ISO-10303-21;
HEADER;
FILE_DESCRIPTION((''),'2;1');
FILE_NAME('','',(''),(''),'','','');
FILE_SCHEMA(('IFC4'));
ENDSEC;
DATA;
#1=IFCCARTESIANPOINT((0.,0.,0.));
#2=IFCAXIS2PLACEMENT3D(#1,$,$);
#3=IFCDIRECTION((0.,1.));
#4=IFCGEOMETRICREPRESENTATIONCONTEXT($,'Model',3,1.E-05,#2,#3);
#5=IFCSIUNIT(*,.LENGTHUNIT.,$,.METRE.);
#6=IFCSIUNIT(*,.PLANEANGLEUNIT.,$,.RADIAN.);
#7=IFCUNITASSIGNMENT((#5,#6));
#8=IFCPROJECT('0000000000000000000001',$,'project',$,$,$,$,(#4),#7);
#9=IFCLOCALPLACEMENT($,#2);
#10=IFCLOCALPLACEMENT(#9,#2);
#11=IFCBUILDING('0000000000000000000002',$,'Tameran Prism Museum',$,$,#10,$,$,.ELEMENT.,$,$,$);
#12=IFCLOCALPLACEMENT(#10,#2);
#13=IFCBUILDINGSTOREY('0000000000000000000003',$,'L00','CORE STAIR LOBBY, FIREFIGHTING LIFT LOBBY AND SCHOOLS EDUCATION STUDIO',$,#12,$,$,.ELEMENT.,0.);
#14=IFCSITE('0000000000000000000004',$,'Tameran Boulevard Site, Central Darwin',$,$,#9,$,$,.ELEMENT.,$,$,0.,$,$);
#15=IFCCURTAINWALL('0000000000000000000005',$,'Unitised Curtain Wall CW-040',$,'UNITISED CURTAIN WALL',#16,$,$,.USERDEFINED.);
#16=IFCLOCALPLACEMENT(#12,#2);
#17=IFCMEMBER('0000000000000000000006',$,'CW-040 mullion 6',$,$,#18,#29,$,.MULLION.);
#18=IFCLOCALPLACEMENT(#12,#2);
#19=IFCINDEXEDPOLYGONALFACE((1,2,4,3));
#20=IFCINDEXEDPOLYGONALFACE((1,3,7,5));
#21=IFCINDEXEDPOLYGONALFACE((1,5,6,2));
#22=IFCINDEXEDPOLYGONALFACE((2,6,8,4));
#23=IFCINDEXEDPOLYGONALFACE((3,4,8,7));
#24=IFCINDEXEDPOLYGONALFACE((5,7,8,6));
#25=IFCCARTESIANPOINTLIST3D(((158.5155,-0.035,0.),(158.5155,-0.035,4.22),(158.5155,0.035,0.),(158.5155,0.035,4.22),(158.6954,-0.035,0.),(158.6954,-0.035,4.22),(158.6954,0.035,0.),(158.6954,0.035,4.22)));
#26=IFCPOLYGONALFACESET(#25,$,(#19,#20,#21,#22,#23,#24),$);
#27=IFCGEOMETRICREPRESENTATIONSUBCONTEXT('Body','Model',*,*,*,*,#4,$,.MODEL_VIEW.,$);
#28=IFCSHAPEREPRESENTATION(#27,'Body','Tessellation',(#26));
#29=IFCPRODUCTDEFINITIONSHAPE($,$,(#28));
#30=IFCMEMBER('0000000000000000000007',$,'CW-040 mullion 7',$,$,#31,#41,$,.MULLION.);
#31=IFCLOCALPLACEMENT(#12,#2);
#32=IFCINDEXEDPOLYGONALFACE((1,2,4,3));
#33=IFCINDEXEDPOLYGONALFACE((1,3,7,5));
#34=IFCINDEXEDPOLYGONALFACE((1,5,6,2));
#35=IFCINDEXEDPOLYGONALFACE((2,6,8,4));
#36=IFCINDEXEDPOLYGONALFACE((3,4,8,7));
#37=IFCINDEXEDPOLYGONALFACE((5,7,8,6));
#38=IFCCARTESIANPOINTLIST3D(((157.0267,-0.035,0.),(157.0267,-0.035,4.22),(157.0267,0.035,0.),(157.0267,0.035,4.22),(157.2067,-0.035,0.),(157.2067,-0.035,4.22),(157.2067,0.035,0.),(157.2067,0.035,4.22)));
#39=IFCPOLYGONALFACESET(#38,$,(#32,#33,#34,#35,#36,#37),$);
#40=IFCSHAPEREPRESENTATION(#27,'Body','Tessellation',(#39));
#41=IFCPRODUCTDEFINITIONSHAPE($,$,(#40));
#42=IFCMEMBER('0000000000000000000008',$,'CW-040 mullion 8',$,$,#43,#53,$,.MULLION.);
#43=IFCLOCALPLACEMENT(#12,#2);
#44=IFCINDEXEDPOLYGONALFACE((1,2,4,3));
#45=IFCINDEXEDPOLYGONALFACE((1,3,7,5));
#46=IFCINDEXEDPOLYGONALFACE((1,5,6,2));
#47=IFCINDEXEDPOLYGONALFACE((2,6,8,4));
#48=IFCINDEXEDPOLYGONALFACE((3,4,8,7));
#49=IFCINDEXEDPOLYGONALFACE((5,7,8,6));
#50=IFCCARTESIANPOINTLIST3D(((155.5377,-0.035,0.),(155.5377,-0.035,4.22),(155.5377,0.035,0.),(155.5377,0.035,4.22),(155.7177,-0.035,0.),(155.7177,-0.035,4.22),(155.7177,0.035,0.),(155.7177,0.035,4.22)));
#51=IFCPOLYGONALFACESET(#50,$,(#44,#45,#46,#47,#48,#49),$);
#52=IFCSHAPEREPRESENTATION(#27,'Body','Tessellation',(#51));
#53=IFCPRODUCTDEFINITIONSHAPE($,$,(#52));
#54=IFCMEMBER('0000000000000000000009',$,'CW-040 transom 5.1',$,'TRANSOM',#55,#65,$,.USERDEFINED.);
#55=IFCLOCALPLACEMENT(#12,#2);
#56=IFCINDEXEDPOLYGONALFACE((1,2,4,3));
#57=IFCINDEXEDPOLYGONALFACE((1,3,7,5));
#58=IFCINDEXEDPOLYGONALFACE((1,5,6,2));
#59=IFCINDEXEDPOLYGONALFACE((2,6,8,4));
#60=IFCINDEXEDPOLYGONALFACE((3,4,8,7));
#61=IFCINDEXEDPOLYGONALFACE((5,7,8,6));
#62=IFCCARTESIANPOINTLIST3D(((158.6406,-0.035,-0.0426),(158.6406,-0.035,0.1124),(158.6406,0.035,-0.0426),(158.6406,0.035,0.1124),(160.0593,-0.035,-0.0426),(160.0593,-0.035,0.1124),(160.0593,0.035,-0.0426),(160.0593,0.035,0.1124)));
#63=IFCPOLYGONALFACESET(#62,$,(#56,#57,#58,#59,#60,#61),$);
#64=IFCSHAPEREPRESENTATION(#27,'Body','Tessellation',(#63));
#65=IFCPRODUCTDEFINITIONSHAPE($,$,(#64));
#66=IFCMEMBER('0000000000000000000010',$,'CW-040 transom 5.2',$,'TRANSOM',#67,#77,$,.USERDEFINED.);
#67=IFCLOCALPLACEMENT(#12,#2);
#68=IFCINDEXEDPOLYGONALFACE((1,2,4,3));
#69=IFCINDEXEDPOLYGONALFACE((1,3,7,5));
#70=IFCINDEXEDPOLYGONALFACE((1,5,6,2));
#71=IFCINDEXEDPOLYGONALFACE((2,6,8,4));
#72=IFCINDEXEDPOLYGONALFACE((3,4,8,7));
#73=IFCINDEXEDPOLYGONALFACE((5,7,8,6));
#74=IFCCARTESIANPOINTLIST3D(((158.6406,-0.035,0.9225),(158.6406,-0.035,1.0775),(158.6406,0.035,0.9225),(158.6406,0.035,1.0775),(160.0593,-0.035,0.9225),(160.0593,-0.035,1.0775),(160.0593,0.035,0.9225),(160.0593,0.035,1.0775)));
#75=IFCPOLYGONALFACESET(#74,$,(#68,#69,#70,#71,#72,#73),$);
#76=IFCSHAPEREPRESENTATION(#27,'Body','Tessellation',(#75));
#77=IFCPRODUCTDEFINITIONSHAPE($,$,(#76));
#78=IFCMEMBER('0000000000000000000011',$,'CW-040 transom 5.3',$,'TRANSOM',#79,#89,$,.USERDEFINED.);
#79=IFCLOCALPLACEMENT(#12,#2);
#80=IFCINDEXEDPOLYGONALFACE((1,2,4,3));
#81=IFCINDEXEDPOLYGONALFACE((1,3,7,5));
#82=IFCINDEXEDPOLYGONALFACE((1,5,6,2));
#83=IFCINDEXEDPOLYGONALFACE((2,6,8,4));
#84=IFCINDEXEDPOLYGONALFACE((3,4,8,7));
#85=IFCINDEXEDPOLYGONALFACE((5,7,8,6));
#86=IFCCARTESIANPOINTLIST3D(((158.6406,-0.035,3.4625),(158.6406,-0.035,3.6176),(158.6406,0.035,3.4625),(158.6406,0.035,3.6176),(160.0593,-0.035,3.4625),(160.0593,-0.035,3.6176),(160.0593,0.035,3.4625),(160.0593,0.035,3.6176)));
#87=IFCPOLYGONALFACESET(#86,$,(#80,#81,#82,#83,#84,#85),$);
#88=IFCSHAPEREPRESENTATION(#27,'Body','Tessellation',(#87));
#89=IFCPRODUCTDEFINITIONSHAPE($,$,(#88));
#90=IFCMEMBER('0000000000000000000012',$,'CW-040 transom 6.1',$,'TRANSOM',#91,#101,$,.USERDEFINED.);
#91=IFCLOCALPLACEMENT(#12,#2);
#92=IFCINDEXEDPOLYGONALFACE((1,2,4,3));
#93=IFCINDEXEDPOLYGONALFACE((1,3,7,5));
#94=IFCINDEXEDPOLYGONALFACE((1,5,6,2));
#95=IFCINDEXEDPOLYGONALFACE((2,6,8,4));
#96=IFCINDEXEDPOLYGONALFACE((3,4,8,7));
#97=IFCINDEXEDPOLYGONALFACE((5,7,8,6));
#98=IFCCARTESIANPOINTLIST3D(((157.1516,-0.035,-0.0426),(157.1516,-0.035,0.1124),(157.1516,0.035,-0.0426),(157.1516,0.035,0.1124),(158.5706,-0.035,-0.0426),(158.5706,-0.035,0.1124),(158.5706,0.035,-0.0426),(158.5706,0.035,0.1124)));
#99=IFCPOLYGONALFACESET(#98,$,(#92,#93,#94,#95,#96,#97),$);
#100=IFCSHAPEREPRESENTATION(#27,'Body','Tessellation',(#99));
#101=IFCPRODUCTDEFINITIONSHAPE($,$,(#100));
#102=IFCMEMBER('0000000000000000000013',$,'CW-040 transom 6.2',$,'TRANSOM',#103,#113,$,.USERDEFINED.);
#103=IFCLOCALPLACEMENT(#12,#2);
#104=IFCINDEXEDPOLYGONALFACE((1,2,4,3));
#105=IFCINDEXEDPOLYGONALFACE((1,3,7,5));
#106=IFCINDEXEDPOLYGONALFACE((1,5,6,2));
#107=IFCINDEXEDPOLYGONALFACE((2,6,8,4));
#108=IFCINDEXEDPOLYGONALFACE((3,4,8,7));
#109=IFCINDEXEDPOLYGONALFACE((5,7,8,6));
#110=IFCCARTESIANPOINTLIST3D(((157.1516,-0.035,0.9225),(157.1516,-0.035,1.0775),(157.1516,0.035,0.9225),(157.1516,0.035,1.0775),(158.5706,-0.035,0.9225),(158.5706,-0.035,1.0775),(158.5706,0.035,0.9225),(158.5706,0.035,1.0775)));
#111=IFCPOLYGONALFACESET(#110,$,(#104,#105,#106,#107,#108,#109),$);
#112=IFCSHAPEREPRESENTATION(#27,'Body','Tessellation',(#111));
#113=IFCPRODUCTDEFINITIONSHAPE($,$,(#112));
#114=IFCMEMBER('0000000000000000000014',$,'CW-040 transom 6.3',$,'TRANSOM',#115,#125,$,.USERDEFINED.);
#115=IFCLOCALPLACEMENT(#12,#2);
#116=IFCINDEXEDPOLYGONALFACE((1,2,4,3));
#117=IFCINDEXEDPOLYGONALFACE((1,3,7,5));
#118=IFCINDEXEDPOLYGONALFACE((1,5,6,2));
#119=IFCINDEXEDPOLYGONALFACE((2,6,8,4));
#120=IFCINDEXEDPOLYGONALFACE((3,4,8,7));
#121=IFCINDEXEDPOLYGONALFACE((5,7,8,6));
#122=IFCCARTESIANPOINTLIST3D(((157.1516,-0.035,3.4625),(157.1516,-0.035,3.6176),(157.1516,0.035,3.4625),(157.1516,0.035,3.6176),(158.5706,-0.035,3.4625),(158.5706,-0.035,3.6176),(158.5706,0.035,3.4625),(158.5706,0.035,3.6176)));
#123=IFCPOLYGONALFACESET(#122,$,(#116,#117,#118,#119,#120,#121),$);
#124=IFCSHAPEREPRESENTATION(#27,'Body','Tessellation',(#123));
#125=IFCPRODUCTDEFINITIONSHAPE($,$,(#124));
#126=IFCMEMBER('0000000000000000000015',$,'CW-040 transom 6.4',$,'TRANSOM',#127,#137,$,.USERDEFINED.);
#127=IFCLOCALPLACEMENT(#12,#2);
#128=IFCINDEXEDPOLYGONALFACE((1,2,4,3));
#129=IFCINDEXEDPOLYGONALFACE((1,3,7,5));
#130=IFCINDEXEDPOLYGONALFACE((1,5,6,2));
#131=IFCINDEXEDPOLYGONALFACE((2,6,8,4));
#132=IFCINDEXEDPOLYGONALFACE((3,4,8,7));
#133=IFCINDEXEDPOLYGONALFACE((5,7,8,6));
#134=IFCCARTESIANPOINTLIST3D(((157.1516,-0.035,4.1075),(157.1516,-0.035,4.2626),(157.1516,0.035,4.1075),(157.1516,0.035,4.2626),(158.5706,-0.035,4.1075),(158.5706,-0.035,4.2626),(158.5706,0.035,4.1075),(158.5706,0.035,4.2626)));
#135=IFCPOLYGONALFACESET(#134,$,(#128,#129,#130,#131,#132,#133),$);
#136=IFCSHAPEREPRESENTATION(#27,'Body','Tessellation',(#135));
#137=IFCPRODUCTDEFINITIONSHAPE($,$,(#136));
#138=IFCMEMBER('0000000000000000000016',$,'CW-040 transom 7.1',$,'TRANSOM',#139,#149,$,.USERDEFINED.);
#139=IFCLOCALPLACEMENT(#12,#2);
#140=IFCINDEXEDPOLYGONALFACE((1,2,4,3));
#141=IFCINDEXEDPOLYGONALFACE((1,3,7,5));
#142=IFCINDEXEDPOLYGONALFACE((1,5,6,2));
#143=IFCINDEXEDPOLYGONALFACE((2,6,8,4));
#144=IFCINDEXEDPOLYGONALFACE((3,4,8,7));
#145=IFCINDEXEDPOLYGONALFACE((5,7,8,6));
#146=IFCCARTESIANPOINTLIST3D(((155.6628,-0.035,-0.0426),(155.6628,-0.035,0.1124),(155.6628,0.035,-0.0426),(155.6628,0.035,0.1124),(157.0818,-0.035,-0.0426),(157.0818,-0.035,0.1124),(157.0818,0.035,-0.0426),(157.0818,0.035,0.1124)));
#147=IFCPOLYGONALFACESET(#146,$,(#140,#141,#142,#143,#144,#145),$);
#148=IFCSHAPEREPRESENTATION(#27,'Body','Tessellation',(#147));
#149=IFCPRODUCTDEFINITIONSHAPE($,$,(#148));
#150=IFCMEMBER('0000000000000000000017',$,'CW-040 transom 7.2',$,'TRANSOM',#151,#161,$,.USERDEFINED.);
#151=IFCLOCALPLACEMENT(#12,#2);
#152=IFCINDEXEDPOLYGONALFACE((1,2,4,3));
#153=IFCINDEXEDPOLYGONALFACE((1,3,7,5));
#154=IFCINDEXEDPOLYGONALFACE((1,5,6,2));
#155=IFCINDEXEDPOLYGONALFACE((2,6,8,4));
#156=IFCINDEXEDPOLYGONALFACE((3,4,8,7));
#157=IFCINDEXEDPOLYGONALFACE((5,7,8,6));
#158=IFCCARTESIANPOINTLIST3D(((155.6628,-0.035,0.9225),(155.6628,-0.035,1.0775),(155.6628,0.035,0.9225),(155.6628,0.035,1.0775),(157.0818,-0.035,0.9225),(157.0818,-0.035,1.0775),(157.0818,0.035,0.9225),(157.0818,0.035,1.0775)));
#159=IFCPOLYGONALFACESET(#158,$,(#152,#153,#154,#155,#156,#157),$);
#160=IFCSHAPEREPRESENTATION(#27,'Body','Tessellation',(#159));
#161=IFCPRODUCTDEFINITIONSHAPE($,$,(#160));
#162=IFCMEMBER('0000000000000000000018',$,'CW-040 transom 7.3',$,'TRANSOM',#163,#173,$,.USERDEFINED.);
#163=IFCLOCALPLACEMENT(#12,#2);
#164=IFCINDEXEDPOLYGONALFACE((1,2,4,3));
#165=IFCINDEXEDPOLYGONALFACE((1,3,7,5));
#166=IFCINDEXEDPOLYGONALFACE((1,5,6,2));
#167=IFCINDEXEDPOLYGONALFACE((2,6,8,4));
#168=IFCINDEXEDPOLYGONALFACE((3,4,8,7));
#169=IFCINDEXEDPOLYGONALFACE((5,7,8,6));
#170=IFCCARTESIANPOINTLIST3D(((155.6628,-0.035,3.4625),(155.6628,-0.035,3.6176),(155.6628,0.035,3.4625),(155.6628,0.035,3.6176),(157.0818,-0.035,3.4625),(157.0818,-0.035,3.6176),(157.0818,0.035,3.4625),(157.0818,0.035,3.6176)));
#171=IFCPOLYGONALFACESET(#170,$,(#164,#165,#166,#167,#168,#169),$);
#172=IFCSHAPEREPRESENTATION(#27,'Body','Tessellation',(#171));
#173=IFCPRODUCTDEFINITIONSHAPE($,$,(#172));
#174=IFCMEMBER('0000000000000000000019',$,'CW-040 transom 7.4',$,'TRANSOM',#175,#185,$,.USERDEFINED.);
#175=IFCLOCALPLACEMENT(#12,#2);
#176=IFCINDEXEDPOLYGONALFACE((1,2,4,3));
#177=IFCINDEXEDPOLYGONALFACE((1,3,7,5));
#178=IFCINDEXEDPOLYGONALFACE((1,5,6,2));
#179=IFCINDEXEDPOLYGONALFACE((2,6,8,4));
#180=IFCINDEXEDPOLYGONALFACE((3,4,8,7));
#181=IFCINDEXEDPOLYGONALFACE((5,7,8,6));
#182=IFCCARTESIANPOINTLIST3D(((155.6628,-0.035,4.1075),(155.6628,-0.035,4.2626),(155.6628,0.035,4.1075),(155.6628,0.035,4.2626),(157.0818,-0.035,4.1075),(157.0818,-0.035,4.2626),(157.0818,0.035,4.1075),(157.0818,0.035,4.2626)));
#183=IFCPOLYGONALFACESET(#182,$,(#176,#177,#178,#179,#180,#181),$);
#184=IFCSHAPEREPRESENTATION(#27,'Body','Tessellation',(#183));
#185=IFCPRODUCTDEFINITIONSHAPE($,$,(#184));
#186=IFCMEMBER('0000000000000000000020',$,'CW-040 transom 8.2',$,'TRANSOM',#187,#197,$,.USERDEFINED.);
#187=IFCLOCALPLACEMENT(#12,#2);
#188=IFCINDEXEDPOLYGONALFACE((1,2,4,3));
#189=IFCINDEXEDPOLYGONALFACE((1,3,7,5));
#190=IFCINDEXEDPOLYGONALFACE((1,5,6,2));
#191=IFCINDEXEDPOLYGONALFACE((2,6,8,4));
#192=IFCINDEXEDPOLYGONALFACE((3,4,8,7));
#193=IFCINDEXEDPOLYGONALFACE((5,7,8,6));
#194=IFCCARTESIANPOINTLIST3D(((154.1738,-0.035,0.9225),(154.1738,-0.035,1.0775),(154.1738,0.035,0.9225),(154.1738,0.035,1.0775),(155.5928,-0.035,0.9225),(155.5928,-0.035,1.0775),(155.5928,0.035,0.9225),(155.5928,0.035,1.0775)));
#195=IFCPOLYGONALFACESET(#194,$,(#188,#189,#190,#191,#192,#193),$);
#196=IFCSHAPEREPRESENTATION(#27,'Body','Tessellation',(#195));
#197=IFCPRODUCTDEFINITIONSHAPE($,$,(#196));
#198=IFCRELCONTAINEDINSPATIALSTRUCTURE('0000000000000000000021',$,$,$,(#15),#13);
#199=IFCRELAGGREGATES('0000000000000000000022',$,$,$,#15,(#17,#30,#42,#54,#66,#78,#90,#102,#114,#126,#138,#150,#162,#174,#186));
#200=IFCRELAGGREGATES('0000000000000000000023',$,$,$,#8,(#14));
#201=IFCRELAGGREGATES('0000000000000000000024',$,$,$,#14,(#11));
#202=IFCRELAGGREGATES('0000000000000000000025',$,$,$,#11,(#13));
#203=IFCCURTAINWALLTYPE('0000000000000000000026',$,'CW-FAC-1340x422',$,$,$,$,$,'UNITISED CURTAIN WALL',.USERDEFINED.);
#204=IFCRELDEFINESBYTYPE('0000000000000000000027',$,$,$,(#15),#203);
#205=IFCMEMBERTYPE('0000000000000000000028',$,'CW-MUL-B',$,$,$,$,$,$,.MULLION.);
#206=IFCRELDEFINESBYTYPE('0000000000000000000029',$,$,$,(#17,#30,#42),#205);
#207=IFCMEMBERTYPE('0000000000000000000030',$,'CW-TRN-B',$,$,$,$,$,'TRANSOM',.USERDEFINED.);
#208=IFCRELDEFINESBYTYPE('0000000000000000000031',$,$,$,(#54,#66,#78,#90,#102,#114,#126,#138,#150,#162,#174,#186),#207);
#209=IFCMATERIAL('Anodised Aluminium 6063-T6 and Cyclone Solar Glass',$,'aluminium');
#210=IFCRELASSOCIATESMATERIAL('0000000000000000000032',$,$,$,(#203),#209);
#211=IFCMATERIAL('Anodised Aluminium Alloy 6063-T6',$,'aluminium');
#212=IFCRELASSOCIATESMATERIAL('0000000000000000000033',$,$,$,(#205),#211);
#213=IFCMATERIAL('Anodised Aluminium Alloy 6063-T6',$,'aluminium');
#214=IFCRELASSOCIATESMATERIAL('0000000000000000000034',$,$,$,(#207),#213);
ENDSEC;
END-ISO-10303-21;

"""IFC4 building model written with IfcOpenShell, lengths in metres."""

from ifc_helpers import new_model, si_unit, direction, frame, origin, origin_2d, place, context, subcontext, project, spatial, rectangle, extrude, material, material_profile, profile_set, type_object, element, aggregate, save


model = new_model("IFC4")

# Units and contexts
model_context = context("Model", 3, precision=1e-05, world=origin(), true_north=direction((0.0, 1.0)))
body_context = subcontext(model_context, "Body", "Model", "MODEL_VIEW")
ifc_project = project(units=[si_unit("LENGTHUNIT", "METRE"), si_unit("PLANEANGLEUNIT", "RADIAN")], contexts=[model_context])

# Site, building, storey
site_placement = place(None, origin())
site = spatial("IfcSite", under=ifc_project, at=site_placement, Name="Tameran Boulevard Site, Central Darwin", CompositionType="ELEMENT", RefElevation=0.0)
building_placement = place(site_placement, origin())
building = spatial("IfcBuilding", under=site, at=building_placement, Name="Tameran Prism Museum", CompositionType="ELEMENT")
storey_placement = place(building_placement, origin())
storey = spatial("IfcBuildingStorey", under=building, at=storey_placement, Name="L00", Description="CORE STAIR LOBBY, FIREFIGHTING LIFT LOBBY AND SCHOOLS EDUCATION STUDIO", CompositionType="ELEMENT", Elevation=0.0)

# Curtain wall, members
ifc_material_1 = material(Name="Anodised Aluminium 6063-T6 and Cyclone Solar Glass", Category="aluminium")
curtain_wall_type = type_object("IfcCurtainWallType", Name="CW-FAC-1340x422", ElementType="UNITISED CURTAIN WALL", PredefinedType="USERDEFINED", material=ifc_material_1)
curtain_wall_placement = place(storey_placement, origin())
curtain_wall = element("IfcCurtainWall", 1, at=curtain_wall_placement, inside=storey, type_object=curtain_wall_type, Name="Unitised Curtain Wall CW-040", ObjectType="UNITISED CURTAIN WALL", PredefinedType="USERDEFINED")
ifc_material_2 = material(Name="Anodised Aluminium Alloy 6063-T6", Category="aluminium")
ifc_material_profile_1 = material_profile(ifc_material_2, rectangle(XDim=0.0701, YDim=0.1799, at=origin_2d()))
ifc_profile_set_1 = profile_set([ifc_material_profile_1])
member_type_1 = type_object("IfcMemberType", Name="CW-MUL-B", PredefinedType="MULLION", material=ifc_profile_set_1)
member_1_placement = place(storey_placement, frame((158.6055, 0.0, 0.0), z_axis=(0.0, 0.0, 1.0), x_axis=(0.0, -1.0, 0.0)))
member_1 = element("IfcMember", 2, at=member_1_placement, type_object=member_type_1, Name="CW-040 mullion 6", PredefinedType="MULLION", context=body_context, shape_type="SweptSolid", body=[
    extrude(rectangle(XDim=0.0701, YDim=0.1799, at=origin_2d()), origin(), (0.0, 0.0, 1.0), 4.22),
])
member_2_placement = place(storey_placement, frame((157.1167, 0.0, 0.0), z_axis=(0.0, 0.0, 1.0), x_axis=(0.0, -1.0, 0.0)))
member_2 = element("IfcMember", 3, at=member_2_placement, type_object=member_type_1, Name="CW-040 mullion 7", PredefinedType="MULLION", context=body_context, shape_type="SweptSolid", body=[
    extrude(rectangle(XDim=0.0701, YDim=0.1799, at=origin_2d()), origin(), (0.0, 0.0, 1.0), 4.22),
])
member_3_placement = place(storey_placement, frame((155.6277, 0.0, 0.0), z_axis=(0.0, 0.0, 1.0), x_axis=(0.0, -1.0, 0.0)))
member_3 = element("IfcMember", 4, at=member_3_placement, type_object=member_type_1, Name="CW-040 mullion 8", PredefinedType="MULLION", context=body_context, shape_type="SweptSolid", body=[
    extrude(rectangle(XDim=0.0701, YDim=0.1799, at=origin_2d()), origin(), (0.0, 0.0, 1.0), 4.22),
])
ifc_material_3 = material(Name="Anodised Aluminium Alloy 6063-T6", Category="aluminium")
ifc_material_profile_2 = material_profile(ifc_material_3, rectangle(XDim=0.0701, YDim=0.155, at=origin_2d()))
ifc_profile_set_2 = profile_set([ifc_material_profile_2])
member_type_2 = type_object("IfcMemberType", Name="CW-TRN-B", ElementType="TRANSOM", PredefinedType="USERDEFINED", material=ifc_profile_set_2)
member_4_placement = place(storey_placement, frame((160.0593, 0.0, 0.0349), z_axis=(-1.0, 0.0, 0.0), x_axis=(0.0, -1.0, 0.0)))
member_4 = element("IfcMember", 5, at=member_4_placement, type_object=member_type_2, Name="CW-040 transom 5.1", ObjectType="TRANSOM", PredefinedType="USERDEFINED", context=body_context, shape_type="SweptSolid", body=[
    extrude(rectangle(XDim=0.0701, YDim=0.155, at=origin_2d()), origin(), (0.0, 0.0, 1.0), 1.4187),
])
member_5_placement = place(storey_placement, frame((160.0593, 0.0, 1.0), z_axis=(-1.0, 0.0, 0.0), x_axis=(0.0, -1.0, 0.0)))
member_5 = element("IfcMember", 6, at=member_5_placement, type_object=member_type_2, Name="CW-040 transom 5.2", ObjectType="TRANSOM", PredefinedType="USERDEFINED", context=body_context, shape_type="SweptSolid", body=[
    extrude(rectangle(XDim=0.0701, YDim=0.155, at=origin_2d()), origin(), (0.0, 0.0, 1.0), 1.4187),
])
member_6_placement = place(storey_placement, frame((160.0593, 0.0, 3.54), z_axis=(-1.0, 0.0, 0.0), x_axis=(0.0, -1.0, 0.0)))
member_6 = element("IfcMember", 7, at=member_6_placement, type_object=member_type_2, Name="CW-040 transom 5.3", ObjectType="TRANSOM", PredefinedType="USERDEFINED", context=body_context, shape_type="SweptSolid", body=[
    extrude(rectangle(XDim=0.0701, YDim=0.155, at=origin_2d()), origin(), (0.0, 0.0, 1.0), 1.4187),
])
member_7_placement = place(storey_placement, frame((158.5706, 0.0, 0.0349), z_axis=(-1.0, 0.0, 0.0), x_axis=(0.0, -1.0, 0.0)))
member_7 = element("IfcMember", 8, at=member_7_placement, type_object=member_type_2, Name="CW-040 transom 6.1", ObjectType="TRANSOM", PredefinedType="USERDEFINED", context=body_context, shape_type="SweptSolid", body=[
    extrude(rectangle(XDim=0.0701, YDim=0.155, at=origin_2d()), origin(), (0.0, 0.0, 1.0), 1.4189),
])
member_8_placement = place(storey_placement, frame((158.5706, 0.0, 1.0), z_axis=(-1.0, 0.0, 0.0), x_axis=(0.0, -1.0, 0.0)))
member_8 = element("IfcMember", 9, at=member_8_placement, type_object=member_type_2, Name="CW-040 transom 6.2", ObjectType="TRANSOM", PredefinedType="USERDEFINED", context=body_context, shape_type="SweptSolid", body=[
    extrude(rectangle(XDim=0.0701, YDim=0.155, at=origin_2d()), origin(), (0.0, 0.0, 1.0), 1.4189),
])
member_9_placement = place(storey_placement, frame((158.5706, 0.0, 3.54), z_axis=(-1.0, 0.0, 0.0), x_axis=(0.0, -1.0, 0.0)))
member_9 = element("IfcMember", 10, at=member_9_placement, type_object=member_type_2, Name="CW-040 transom 6.3", ObjectType="TRANSOM", PredefinedType="USERDEFINED", context=body_context, shape_type="SweptSolid", body=[
    extrude(rectangle(XDim=0.0701, YDim=0.155, at=origin_2d()), origin(), (0.0, 0.0, 1.0), 1.4189),
])
member_10_placement = place(storey_placement, frame((158.5706, 0.0, 4.1851), z_axis=(-1.0, 0.0, 0.0), x_axis=(0.0, -1.0, 0.0)))
member_10 = element("IfcMember", 11, at=member_10_placement, type_object=member_type_2, Name="CW-040 transom 6.4", ObjectType="TRANSOM", PredefinedType="USERDEFINED", context=body_context, shape_type="SweptSolid", body=[
    extrude(rectangle(XDim=0.0701, YDim=0.155, at=origin_2d()), origin(), (0.0, 0.0, 1.0), 1.4189),
])
member_11_placement = place(storey_placement, frame((157.0818, 0.0, 0.0349), z_axis=(-1.0, 0.0, 0.0), x_axis=(0.0, -1.0, 0.0)))
member_11 = element("IfcMember", 12, at=member_11_placement, type_object=member_type_2, Name="CW-040 transom 7.1", ObjectType="TRANSOM", PredefinedType="USERDEFINED", context=body_context, shape_type="SweptSolid", body=[
    extrude(rectangle(XDim=0.0701, YDim=0.155, at=origin_2d()), origin(), (0.0, 0.0, 1.0), 1.4189),
])
member_12_placement = place(storey_placement, frame((157.0818, 0.0, 1.0), z_axis=(-1.0, 0.0, 0.0), x_axis=(0.0, -1.0, 0.0)))
member_12 = element("IfcMember", 13, at=member_12_placement, type_object=member_type_2, Name="CW-040 transom 7.2", ObjectType="TRANSOM", PredefinedType="USERDEFINED", context=body_context, shape_type="SweptSolid", body=[
    extrude(rectangle(XDim=0.0701, YDim=0.155, at=origin_2d()), origin(), (0.0, 0.0, 1.0), 1.4189),
])
member_13_placement = place(storey_placement, frame((157.0818, 0.0, 3.54), z_axis=(-1.0, 0.0, 0.0), x_axis=(0.0, -1.0, 0.0)))
member_13 = element("IfcMember", 14, at=member_13_placement, type_object=member_type_2, Name="CW-040 transom 7.3", ObjectType="TRANSOM", PredefinedType="USERDEFINED", context=body_context, shape_type="SweptSolid", body=[
    extrude(rectangle(XDim=0.0701, YDim=0.155, at=origin_2d()), origin(), (0.0, 0.0, 1.0), 1.4189),
])
member_14_placement = place(storey_placement, frame((157.0818, 0.0, 4.1851), z_axis=(-1.0, 0.0, 0.0), x_axis=(0.0, -1.0, 0.0)))
member_14 = element("IfcMember", 15, at=member_14_placement, type_object=member_type_2, Name="CW-040 transom 7.4", ObjectType="TRANSOM", PredefinedType="USERDEFINED", context=body_context, shape_type="SweptSolid", body=[
    extrude(rectangle(XDim=0.0701, YDim=0.155, at=origin_2d()), origin(), (0.0, 0.0, 1.0), 1.4189),
])
member_15_placement = place(storey_placement, frame((155.5928, 0.0, 1.0), z_axis=(-1.0, 0.0, 0.0), x_axis=(0.0, -1.0, 0.0)))
member_15 = element("IfcMember", 16, at=member_15_placement, type_object=member_type_2, Name="CW-040 transom 8.2", ObjectType="TRANSOM", PredefinedType="USERDEFINED", context=body_context, shape_type="SweptSolid", body=[
    extrude(rectangle(XDim=0.0701, YDim=0.155, at=origin_2d()), origin(), (0.0, 0.0, 1.0), 1.4189),
])
aggregate(curtain_wall, [member_1, member_2, member_3, member_4, member_5, member_6, member_7, member_8, member_9, member_10, member_11, member_12, member_13, member_14, member_15])

save(model, "model.ifc")
